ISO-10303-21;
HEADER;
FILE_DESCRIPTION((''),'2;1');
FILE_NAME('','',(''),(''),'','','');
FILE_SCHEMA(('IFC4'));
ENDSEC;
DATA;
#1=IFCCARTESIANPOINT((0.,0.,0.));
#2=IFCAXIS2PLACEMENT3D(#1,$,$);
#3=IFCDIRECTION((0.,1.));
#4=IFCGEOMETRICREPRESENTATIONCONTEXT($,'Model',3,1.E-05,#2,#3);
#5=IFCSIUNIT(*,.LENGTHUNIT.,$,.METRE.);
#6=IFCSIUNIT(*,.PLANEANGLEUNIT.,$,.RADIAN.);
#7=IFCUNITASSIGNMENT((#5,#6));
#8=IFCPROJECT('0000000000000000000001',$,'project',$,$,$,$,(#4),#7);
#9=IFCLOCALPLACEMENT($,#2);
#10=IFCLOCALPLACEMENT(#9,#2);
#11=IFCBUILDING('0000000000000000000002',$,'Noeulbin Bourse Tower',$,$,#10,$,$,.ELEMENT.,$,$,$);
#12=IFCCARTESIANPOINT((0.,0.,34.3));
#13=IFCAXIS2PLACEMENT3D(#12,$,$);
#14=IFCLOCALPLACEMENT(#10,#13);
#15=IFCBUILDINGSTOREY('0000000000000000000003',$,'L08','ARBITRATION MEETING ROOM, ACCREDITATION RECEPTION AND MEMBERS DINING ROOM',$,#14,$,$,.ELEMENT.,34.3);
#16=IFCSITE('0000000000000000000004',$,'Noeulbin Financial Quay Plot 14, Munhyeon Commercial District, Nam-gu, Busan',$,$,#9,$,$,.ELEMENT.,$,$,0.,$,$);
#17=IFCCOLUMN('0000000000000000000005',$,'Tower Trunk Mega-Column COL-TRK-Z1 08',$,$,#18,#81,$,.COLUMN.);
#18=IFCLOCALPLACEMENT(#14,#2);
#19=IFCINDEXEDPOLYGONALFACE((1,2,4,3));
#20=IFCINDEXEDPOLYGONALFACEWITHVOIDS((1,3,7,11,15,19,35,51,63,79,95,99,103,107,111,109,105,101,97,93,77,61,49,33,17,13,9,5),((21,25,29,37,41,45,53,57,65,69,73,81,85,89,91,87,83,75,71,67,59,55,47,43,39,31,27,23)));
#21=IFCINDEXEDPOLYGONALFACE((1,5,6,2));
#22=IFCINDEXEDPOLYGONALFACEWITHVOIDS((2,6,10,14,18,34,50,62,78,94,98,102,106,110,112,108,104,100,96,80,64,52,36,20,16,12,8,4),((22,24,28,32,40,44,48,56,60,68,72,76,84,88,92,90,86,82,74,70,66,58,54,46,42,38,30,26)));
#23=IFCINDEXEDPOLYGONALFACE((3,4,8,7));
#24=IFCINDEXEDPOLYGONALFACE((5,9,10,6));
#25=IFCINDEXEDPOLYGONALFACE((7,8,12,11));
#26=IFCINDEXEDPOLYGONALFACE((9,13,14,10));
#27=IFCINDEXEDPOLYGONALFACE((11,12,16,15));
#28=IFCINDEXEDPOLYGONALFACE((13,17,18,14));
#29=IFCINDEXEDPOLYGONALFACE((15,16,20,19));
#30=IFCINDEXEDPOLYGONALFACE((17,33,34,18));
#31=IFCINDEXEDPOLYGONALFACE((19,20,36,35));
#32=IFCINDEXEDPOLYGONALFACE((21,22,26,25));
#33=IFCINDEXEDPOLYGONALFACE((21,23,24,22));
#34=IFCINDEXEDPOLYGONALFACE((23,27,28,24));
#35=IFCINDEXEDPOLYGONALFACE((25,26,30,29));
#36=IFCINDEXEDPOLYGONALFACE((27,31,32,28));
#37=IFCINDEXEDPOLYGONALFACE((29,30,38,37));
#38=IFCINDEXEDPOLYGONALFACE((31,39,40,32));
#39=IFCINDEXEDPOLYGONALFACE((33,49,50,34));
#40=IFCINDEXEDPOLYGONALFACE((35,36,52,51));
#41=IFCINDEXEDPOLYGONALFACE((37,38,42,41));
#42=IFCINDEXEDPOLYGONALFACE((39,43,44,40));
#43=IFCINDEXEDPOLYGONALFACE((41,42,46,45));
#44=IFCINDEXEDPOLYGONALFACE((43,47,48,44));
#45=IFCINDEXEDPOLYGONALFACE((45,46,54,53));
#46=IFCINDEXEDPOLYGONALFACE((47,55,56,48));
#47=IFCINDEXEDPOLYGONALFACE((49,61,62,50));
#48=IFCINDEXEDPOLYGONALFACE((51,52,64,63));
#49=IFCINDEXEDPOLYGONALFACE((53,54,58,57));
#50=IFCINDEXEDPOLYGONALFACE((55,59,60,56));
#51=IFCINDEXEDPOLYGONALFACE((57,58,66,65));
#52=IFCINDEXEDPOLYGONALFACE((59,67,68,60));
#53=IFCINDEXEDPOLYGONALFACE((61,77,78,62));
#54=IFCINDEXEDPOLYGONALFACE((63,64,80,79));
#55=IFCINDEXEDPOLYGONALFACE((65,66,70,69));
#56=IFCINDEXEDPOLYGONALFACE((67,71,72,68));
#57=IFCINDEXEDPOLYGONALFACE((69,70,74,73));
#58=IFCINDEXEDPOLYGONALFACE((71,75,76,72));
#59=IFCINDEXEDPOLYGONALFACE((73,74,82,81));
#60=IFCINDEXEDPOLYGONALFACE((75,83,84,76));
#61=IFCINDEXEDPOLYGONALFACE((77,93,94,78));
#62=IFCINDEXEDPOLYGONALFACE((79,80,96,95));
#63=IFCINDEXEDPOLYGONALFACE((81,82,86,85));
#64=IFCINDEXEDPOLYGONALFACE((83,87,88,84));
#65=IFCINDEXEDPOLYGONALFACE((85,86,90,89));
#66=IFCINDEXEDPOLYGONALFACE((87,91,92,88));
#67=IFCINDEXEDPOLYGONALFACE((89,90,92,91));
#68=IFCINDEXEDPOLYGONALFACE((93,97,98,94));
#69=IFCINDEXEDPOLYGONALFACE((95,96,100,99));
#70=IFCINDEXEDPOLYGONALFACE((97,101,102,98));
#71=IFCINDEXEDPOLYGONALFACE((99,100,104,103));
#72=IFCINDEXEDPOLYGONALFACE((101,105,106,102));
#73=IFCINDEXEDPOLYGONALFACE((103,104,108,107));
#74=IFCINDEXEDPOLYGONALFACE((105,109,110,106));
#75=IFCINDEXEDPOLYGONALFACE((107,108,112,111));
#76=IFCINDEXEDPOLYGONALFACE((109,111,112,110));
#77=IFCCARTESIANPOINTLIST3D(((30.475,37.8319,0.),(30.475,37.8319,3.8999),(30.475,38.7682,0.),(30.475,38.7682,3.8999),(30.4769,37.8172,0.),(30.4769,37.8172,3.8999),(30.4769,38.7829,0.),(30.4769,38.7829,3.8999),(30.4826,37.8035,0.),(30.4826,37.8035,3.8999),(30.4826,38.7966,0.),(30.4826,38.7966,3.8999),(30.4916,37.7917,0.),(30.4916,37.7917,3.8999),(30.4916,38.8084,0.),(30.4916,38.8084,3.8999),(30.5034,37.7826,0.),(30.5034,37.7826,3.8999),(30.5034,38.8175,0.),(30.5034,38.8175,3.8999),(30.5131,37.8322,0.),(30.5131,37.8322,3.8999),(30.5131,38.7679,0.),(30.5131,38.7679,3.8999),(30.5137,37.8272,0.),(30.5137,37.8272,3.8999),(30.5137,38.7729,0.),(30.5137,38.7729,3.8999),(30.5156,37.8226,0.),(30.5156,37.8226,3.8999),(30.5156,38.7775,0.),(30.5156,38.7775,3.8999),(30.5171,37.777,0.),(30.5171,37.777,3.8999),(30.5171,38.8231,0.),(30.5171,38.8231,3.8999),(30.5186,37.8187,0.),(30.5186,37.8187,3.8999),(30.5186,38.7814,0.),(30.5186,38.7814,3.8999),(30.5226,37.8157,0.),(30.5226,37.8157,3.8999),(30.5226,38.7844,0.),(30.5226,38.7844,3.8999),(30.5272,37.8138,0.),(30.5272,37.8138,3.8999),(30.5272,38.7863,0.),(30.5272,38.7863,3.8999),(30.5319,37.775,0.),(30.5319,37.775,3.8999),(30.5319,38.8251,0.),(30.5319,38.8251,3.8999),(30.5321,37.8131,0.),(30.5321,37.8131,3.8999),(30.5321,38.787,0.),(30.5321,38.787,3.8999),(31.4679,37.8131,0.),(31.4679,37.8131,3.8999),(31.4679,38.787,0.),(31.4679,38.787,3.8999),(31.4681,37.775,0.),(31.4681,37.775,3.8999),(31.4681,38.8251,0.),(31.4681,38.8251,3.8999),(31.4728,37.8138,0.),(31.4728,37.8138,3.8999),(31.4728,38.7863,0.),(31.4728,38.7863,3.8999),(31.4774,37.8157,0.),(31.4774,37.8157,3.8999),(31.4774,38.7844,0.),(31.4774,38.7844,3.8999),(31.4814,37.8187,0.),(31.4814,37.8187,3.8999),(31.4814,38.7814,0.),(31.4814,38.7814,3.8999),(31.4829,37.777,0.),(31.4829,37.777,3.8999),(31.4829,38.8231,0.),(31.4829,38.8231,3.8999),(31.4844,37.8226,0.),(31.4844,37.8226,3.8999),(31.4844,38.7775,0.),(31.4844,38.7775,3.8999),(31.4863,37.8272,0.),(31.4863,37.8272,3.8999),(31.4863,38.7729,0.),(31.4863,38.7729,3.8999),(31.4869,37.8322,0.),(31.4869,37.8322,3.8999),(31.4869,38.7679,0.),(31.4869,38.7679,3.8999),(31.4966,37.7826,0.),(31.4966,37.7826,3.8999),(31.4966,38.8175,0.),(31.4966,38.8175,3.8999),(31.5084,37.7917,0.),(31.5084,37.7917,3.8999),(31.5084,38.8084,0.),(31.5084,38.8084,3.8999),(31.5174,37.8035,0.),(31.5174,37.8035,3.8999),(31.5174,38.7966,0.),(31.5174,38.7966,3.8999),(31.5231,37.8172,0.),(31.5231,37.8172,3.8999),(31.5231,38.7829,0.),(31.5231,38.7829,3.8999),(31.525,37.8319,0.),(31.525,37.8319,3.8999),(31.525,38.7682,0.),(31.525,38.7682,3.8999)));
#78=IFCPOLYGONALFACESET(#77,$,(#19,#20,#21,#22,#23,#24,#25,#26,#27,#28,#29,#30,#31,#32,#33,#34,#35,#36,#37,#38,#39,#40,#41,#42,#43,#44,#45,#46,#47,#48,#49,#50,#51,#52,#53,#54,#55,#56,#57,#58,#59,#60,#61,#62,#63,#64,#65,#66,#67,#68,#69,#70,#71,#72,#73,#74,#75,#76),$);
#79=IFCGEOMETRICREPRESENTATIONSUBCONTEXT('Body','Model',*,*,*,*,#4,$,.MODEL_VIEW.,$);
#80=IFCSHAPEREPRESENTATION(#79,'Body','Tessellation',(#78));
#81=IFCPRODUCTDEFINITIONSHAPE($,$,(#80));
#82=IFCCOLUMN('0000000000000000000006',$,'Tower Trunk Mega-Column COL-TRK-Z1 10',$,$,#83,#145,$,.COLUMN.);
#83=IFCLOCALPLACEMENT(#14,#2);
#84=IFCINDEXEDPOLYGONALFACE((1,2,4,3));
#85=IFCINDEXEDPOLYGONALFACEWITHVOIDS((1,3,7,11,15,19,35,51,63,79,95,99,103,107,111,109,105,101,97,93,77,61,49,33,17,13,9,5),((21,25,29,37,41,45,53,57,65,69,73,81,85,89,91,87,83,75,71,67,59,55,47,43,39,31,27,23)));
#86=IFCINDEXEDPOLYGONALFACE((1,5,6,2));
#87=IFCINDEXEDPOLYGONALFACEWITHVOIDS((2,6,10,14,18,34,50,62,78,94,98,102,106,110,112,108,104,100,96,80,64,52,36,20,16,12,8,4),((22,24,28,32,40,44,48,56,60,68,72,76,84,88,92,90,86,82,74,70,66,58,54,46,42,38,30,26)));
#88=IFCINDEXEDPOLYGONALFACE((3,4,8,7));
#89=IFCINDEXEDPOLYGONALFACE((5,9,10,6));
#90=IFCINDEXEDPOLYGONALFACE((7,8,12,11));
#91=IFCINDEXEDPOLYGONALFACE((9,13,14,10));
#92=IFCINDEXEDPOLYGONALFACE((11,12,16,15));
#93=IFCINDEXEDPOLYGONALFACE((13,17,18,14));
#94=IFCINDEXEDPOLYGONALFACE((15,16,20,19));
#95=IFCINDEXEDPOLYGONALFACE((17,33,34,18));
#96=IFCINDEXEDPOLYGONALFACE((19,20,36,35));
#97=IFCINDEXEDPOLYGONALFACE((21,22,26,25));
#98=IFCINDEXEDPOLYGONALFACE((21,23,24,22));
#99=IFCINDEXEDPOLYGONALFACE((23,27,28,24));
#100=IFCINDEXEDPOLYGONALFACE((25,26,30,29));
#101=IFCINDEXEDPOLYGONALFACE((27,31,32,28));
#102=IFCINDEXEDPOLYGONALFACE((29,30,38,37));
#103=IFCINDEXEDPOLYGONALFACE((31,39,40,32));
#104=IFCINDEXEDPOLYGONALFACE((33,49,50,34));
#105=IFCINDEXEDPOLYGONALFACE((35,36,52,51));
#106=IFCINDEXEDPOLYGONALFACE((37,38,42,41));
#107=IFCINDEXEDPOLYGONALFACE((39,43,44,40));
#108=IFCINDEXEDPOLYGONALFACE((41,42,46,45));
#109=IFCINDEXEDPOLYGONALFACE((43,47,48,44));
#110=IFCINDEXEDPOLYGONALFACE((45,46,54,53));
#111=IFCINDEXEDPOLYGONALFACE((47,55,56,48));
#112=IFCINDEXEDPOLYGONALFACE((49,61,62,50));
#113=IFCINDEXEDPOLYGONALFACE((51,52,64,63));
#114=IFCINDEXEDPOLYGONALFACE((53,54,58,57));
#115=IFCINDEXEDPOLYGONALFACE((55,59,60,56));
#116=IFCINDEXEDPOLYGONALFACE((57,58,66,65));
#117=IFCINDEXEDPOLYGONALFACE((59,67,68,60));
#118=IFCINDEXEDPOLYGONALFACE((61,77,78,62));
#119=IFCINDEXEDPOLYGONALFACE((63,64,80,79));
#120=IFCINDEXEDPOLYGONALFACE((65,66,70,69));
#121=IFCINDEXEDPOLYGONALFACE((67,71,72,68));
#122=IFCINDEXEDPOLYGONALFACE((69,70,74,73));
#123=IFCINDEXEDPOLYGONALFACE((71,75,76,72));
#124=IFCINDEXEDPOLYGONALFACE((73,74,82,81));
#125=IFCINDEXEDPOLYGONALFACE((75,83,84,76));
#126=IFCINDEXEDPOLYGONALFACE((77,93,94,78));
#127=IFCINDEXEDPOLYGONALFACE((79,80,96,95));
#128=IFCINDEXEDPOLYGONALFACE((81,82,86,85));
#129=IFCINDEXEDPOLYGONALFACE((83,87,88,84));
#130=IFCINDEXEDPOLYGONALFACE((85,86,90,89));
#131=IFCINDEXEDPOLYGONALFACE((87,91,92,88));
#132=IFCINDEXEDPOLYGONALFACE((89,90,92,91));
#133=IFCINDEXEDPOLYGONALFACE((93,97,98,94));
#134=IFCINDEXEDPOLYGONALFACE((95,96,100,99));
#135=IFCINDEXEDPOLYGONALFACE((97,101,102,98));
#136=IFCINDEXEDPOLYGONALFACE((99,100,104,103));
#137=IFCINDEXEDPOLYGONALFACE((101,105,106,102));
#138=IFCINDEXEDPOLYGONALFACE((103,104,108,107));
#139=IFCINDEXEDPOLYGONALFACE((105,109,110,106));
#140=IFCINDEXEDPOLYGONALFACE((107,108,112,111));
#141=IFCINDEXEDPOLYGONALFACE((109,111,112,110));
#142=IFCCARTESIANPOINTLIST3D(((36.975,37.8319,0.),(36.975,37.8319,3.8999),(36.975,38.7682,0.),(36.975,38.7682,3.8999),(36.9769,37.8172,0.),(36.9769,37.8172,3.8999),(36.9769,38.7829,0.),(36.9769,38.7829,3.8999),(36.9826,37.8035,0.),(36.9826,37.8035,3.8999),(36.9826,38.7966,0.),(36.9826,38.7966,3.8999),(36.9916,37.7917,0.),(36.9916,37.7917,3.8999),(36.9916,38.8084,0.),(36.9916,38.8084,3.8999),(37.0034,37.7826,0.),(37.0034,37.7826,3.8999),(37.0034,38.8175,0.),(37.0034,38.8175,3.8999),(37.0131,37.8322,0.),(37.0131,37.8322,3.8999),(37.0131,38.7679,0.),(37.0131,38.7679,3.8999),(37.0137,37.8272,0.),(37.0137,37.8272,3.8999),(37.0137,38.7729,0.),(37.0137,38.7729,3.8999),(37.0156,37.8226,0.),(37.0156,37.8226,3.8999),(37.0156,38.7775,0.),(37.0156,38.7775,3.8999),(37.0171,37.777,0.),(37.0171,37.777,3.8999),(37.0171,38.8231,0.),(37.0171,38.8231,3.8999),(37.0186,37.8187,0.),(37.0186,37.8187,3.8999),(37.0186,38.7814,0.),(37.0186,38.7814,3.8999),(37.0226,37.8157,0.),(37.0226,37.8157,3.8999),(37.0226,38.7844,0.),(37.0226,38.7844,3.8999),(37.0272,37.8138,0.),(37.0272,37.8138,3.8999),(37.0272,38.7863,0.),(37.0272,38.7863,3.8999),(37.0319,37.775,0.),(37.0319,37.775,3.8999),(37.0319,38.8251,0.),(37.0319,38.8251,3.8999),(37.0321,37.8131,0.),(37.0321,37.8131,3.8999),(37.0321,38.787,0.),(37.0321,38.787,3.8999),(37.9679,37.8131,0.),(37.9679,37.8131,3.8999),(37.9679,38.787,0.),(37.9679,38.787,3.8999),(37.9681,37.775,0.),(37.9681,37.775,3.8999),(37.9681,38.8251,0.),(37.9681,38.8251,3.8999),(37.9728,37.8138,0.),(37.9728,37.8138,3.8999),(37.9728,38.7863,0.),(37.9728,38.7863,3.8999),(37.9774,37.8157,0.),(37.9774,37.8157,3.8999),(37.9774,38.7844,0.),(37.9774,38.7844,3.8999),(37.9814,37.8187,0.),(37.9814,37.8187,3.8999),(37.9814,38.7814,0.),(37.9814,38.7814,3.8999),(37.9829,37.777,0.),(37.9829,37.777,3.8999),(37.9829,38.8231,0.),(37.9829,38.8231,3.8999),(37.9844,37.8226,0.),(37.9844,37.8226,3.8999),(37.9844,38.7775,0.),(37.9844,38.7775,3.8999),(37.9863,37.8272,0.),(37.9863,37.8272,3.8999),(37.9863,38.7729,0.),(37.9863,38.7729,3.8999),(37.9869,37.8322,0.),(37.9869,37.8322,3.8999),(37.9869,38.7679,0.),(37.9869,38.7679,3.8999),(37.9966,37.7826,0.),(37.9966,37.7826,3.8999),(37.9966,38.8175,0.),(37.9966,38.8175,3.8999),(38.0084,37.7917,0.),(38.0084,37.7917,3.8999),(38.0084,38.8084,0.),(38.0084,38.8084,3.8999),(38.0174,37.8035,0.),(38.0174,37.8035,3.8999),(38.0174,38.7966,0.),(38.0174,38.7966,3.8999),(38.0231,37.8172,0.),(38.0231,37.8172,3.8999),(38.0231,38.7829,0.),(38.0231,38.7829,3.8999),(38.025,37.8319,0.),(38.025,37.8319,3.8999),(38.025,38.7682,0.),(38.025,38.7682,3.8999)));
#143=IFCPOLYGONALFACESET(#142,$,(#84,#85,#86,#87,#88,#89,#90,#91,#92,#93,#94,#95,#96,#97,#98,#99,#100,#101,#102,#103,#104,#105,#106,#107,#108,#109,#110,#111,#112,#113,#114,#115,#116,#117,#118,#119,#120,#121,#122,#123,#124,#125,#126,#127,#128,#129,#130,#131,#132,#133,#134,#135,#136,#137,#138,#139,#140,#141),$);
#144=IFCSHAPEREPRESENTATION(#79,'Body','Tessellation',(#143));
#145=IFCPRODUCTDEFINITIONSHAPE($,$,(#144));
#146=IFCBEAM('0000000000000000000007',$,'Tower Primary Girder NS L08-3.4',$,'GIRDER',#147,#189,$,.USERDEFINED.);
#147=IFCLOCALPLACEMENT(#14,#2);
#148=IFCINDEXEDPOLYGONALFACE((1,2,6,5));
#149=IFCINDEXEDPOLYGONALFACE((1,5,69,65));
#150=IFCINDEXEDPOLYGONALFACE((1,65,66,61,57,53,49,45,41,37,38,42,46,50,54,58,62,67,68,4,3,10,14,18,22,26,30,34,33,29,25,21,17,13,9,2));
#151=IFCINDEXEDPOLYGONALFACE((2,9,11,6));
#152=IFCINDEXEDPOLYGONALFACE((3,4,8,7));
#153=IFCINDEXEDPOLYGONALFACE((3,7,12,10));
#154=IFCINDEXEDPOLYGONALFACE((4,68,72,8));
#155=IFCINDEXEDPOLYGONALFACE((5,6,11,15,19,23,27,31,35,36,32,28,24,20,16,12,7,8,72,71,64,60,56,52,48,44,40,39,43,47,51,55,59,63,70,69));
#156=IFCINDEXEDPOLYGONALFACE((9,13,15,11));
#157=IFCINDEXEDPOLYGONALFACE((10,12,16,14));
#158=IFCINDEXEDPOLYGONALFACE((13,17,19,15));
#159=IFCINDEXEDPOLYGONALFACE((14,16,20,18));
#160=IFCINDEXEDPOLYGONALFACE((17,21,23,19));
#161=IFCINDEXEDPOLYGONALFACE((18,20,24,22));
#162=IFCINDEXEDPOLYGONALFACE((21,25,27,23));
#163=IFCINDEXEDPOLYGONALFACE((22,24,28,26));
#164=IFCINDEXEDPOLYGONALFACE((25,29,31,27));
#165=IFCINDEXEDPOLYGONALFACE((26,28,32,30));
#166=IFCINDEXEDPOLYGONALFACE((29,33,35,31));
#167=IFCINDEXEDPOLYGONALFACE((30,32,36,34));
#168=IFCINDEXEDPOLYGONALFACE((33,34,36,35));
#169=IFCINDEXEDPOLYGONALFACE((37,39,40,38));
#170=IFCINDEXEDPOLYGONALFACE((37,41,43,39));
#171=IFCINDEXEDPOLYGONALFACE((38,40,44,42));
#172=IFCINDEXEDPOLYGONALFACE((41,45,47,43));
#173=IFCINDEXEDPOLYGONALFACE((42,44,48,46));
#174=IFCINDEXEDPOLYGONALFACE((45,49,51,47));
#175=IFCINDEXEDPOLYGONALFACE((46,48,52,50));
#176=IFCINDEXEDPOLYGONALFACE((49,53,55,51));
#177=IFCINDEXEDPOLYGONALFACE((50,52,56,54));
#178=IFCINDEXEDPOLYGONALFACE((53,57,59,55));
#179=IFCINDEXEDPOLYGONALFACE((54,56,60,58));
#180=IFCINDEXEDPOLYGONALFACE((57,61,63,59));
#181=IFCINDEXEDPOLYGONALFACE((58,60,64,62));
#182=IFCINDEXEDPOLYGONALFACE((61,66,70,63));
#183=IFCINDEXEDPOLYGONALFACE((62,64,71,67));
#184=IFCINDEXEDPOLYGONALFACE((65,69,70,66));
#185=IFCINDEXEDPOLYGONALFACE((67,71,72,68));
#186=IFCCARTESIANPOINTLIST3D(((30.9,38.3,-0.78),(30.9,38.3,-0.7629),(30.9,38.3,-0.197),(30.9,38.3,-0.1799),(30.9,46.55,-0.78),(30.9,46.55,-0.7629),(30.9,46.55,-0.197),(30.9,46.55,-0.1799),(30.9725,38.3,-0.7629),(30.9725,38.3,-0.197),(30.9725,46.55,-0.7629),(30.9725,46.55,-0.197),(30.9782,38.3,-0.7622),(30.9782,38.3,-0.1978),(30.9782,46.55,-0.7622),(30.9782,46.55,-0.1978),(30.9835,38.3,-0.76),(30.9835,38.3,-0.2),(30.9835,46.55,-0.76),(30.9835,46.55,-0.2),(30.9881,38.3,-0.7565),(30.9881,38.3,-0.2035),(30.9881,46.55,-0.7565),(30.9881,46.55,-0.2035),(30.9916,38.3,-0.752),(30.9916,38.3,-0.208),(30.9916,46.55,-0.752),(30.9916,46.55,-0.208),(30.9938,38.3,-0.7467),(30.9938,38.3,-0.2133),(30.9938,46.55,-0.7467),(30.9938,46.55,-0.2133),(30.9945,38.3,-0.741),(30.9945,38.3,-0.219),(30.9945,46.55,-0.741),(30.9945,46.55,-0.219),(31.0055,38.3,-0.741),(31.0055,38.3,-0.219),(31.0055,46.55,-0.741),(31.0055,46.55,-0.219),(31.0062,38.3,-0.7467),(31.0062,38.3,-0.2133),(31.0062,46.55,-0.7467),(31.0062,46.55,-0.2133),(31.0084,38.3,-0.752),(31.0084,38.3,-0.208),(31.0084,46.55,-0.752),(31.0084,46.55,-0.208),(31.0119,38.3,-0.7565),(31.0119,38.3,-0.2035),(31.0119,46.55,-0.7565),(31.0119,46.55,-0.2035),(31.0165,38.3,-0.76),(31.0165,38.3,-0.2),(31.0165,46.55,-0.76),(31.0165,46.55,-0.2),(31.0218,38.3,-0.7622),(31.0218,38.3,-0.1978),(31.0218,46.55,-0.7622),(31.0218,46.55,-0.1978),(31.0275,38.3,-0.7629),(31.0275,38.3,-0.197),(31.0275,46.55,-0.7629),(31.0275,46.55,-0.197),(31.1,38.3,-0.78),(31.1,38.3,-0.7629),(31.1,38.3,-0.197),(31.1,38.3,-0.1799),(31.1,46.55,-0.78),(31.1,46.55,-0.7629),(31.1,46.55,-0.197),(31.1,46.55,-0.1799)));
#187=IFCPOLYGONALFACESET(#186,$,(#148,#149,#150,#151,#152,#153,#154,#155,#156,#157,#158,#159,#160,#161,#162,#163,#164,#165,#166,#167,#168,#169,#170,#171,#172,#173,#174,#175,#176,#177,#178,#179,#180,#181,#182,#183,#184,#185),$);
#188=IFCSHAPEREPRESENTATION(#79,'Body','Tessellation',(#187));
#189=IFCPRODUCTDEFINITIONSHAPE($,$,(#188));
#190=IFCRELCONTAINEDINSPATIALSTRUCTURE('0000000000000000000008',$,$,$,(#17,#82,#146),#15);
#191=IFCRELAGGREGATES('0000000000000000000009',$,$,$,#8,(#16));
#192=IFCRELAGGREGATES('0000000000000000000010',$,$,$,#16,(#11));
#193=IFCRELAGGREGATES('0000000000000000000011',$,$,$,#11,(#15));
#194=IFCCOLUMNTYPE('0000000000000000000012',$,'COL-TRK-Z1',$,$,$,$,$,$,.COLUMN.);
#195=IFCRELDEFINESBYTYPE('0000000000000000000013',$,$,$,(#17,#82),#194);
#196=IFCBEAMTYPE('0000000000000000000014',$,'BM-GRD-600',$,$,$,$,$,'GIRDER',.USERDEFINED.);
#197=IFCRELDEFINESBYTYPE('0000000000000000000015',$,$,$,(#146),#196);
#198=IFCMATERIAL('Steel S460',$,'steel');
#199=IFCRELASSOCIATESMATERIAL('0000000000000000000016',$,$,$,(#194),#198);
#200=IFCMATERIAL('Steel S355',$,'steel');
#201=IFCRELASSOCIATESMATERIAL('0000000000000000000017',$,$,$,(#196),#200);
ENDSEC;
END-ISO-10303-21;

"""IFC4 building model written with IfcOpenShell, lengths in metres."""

from ifc_helpers import new_model, si_unit, direction, frame, origin, origin_2d, place, context, subcontext, project, spatial, hollow_rectangle, i_section, extrude, material, material_profile, profile_set, type_object, element, save


model = new_model("IFC4")

# Units and contexts
model_context = context("Model", 3, precision=1e-05, world=origin(), true_north=direction((0.0, 1.0)))
body_context = subcontext(model_context, "Body", "Model", "MODEL_VIEW")
ifc_project = project(units=[si_unit("LENGTHUNIT", "METRE"), si_unit("PLANEANGLEUNIT", "RADIAN")], contexts=[model_context])

# Site, building, storey
site_placement = place(None, origin())
site = spatial("IfcSite", under=ifc_project, at=site_placement, Name="Noeulbin Financial Quay Plot 14, Munhyeon Commercial District, Nam-gu, Busan", CompositionType="ELEMENT", RefElevation=0.0)
building_placement = place(site_placement, origin())
building = spatial("IfcBuilding", under=site, at=building_placement, Name="Noeulbin Bourse Tower", CompositionType="ELEMENT")
storey_placement = place(building_placement, frame((0.0, 0.0, 34.3)))
storey = spatial("IfcBuildingStorey", under=building, at=storey_placement, Name="L08", Description="ARBITRATION MEETING ROOM, ACCREDITATION RECEPTION AND MEMBERS DINING ROOM", CompositionType="ELEMENT", Elevation=34.3)

# Columns
ifc_material_1 = material(Name="Steel S460", Category="steel")
ifc_material_profile_1 = material_profile(ifc_material_1, hollow_rectangle(XDim=1.05, YDim=1.05, WallThickness=0.0381, InnerFilletRadius=0.019, OuterFilletRadius=0.0569, at=origin_2d()), Name="BOX-1050x1050x38", Category="LoadBearing")
ifc_profile_set_1 = profile_set([ifc_material_profile_1], Name="Steel S460")
column_type = type_object("IfcColumnType", Name="COL-TRK-Z1", PredefinedType="COLUMN", material=ifc_profile_set_1)
for number, where, z_axis, x_axis, name in (
    (1, (31.0, 38.3, 0.0), (0.0, 0.0, 1.0), (1.0, 0.0, 0.0), "Tower Trunk Mega-Column COL-TRK-Z1 08"),
    (2, (37.5, 38.3, 0.0), (0.0, 0.0, 1.0), (1.0, 0.0, 0.0), "Tower Trunk Mega-Column COL-TRK-Z1 10"),
):
    element("IfcColumn", number, at=place(storey_placement, frame(where, z_axis=z_axis, x_axis=x_axis)), inside=storey, type_object=column_type, Name=name, PredefinedType="COLUMN", context=body_context, shape_type="SweptSolid", body=[
        extrude(hollow_rectangle(XDim=1.05, YDim=1.05, WallThickness=0.0381, InnerFilletRadius=0.019, OuterFilletRadius=0.0569, at=origin_2d()), origin(), (0.0, 0.0, 1.0), 3.8999),
    ])

# Beam
ifc_material_2 = material(Name="Steel S355", Category="steel")
ifc_material_profile_2 = material_profile(ifc_material_2, i_section(OverallWidth=0.2, OverallDepth=0.6001, WebThickness=0.011, FlangeThickness=0.0171, FilletRadius=0.022, at=origin_2d()), Name="H-600x200x11x17", Category="LoadBearing")
ifc_profile_set_2 = profile_set([ifc_material_profile_2], Name="Steel S355")
beam_type_1 = type_object("IfcBeamType", Name="BM-GRD-600", ElementType="GIRDER", PredefinedType="USERDEFINED", material=ifc_profile_set_2)
for number, where, z_axis, x_axis, name in (
    (3, (31.0, 38.3, -0.48), (0.0, 1.0, 0.0), (-1.0, 0.0, 0.0), "Tower Primary Girder NS L08-3.4"),
):
    element("IfcBeam", number, at=place(storey_placement, frame(where, z_axis=z_axis, x_axis=x_axis)), inside=storey, type_object=beam_type_1, Name=name, ObjectType="GIRDER", PredefinedType="USERDEFINED", context=body_context, shape_type="SweptSolid", body=[
        extrude(i_section(OverallWidth=0.2, OverallDepth=0.6001, WebThickness=0.011, FlangeThickness=0.0171, FilletRadius=0.022, at=origin_2d()), origin(), (0.0, 0.0, 1.0), 8.25),
    ])

save(model, "model.ifc")
